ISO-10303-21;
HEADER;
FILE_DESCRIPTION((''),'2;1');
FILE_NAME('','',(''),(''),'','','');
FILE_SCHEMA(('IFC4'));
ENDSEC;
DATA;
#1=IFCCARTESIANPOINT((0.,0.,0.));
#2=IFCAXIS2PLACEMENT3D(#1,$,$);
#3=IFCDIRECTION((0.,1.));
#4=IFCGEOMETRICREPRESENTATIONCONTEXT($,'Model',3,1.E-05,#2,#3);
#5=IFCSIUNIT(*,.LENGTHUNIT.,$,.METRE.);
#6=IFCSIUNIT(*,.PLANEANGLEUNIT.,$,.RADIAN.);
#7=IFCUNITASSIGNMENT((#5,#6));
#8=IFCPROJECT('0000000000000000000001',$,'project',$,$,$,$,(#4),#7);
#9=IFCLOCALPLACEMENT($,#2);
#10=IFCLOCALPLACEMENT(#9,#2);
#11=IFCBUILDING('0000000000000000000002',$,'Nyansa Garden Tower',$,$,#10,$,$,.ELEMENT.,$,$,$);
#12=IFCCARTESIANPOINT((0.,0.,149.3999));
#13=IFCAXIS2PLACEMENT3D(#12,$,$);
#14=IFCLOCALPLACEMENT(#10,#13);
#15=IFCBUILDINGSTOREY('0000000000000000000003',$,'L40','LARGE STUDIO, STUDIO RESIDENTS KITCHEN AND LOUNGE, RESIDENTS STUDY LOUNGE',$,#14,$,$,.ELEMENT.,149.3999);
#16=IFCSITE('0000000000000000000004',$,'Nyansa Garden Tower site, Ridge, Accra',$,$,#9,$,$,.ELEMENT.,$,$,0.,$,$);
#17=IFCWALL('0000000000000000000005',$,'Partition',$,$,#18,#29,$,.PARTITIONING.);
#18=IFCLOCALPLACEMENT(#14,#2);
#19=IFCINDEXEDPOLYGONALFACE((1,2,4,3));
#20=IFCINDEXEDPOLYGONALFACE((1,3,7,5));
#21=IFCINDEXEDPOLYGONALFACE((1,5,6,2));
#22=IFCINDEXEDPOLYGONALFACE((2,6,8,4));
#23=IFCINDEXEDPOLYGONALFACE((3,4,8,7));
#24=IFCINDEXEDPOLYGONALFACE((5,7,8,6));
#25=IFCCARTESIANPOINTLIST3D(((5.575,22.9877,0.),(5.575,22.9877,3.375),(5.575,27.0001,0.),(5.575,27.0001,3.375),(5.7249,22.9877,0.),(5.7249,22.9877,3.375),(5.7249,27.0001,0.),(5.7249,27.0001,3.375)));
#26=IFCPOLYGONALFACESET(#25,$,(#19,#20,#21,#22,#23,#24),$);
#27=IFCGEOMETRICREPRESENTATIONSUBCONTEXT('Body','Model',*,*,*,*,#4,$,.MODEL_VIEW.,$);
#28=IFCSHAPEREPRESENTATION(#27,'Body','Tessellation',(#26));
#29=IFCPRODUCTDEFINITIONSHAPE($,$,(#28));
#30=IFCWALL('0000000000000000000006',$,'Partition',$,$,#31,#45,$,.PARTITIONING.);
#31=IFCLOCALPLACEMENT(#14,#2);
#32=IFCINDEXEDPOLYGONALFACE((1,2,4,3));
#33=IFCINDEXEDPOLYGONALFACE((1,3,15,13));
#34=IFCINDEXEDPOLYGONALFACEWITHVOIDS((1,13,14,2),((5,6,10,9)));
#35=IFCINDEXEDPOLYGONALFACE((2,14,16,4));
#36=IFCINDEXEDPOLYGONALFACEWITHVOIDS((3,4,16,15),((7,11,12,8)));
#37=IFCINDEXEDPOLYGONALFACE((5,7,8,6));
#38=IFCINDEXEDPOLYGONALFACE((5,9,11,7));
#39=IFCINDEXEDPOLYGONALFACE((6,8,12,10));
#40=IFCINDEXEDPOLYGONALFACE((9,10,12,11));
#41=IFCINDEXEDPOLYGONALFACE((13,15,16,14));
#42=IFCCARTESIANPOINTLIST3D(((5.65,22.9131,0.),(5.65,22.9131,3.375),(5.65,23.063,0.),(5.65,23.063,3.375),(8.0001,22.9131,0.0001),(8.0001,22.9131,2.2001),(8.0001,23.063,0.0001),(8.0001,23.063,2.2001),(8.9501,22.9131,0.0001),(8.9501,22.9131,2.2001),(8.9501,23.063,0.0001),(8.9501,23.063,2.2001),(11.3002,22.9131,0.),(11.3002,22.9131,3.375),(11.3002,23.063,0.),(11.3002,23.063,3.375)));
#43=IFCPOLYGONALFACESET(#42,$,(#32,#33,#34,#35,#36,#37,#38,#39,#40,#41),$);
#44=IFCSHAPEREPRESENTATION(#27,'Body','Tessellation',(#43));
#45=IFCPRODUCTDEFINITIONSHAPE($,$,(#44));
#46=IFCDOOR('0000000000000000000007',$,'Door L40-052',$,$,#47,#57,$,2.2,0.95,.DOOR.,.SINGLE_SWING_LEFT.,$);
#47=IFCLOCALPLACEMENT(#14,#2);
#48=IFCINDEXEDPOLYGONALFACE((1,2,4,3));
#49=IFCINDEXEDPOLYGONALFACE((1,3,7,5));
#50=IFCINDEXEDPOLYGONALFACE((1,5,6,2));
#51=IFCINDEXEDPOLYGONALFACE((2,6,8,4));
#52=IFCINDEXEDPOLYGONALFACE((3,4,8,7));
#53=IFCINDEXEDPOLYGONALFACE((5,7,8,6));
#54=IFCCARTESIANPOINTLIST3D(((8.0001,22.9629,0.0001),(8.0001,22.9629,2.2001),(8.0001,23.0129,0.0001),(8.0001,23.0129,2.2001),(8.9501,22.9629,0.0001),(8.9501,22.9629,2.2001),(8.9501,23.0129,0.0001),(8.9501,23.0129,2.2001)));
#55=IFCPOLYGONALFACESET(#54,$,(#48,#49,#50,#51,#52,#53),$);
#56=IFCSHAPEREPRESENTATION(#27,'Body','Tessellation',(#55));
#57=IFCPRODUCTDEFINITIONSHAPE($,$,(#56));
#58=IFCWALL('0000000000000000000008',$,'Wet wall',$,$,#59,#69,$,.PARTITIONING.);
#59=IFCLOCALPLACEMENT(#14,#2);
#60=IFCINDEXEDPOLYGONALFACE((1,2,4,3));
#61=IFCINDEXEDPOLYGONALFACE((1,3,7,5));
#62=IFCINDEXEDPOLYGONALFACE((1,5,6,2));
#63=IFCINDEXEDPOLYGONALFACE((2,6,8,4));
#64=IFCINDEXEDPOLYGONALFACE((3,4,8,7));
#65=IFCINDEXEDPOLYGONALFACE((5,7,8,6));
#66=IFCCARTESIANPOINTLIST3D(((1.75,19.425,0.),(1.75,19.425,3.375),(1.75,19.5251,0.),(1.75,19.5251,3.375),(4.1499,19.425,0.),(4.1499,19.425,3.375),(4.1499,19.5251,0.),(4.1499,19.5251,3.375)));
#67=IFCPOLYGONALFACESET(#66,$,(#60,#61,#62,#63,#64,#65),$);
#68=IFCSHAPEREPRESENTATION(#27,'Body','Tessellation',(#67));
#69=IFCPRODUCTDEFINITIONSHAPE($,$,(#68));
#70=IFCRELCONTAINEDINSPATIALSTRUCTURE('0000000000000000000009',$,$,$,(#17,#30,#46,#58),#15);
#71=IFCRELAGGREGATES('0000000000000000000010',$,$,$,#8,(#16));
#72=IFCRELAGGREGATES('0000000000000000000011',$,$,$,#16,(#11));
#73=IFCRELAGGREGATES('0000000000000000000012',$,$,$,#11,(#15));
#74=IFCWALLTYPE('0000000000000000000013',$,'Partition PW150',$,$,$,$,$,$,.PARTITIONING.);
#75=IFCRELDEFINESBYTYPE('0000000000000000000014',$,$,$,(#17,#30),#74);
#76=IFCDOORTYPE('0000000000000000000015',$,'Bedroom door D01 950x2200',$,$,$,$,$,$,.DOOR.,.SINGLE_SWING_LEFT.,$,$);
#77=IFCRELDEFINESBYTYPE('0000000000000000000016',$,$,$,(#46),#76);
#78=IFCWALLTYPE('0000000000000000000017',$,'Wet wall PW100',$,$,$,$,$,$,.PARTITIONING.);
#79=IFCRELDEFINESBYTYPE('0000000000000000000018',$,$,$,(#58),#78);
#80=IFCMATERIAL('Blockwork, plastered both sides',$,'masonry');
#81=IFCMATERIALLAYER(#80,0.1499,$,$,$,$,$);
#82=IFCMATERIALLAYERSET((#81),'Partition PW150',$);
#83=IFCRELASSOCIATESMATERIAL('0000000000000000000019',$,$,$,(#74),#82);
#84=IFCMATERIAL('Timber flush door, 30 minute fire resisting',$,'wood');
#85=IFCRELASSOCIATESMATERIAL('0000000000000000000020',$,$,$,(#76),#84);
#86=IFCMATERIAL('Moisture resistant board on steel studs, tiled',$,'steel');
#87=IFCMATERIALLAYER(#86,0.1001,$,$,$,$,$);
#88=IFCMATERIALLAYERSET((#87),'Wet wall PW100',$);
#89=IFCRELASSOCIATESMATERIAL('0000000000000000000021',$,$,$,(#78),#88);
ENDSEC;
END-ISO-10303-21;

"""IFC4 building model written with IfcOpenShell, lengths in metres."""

from ifc_helpers import new_model, si_unit, direction, frame, frame_2d, origin, place, context, subcontext, project, spatial, rectangle, extrude, material, layer, layer_set, type_object, element, fill, save


model = new_model("IFC4")

# Units and contexts
model_context = context("Model", 3, precision=1e-05, world=origin(), true_north=direction((0.0, 1.0)))
body_context = subcontext(model_context, "Body", "Model", "MODEL_VIEW")
ifc_project = project(units=[si_unit("LENGTHUNIT", "METRE"), si_unit("PLANEANGLEUNIT", "RADIAN")], contexts=[model_context])

# Site, building, storey
site_placement = place(None, origin())
site = spatial("IfcSite", under=ifc_project, at=site_placement, Name="Nyansa Garden Tower site, Ridge, Accra", CompositionType="ELEMENT", RefElevation=0.0)
building_placement = place(site_placement, origin())
building = spatial("IfcBuilding", under=site, at=building_placement, Name="Nyansa Garden Tower", CompositionType="ELEMENT")
storey_placement = place(building_placement, frame((0.0, 0.0, 149.3999)))
storey = spatial("IfcBuildingStorey", under=building, at=storey_placement, Name="L40", Description="LARGE STUDIO, STUDIO RESIDENTS KITCHEN AND LOUNGE, RESIDENTS STUDY LOUNGE", CompositionType="ELEMENT", Elevation=149.3999)

# Wall
ifc_material_1 = material(Name="Blockwork, plastered both sides", Category="masonry")
ifc_layer_1 = layer(ifc_material_1, 0.1499)
ifc_layer_set_1 = layer_set([ifc_layer_1], Name="Partition PW150")
wall_type_1 = type_object("IfcWallType", Name="Partition PW150", PredefinedType="PARTITIONING", material=ifc_layer_set_1)
wall_1_placement = place(storey_placement, frame((5.6499, 22.9875, 0.0), z_axis=(0.0, 0.0, 1.0), x_axis=(0.0, 1.0, 0.0)))
element("IfcWall", 1, at=wall_1_placement, inside=storey, type_object=wall_type_1, Name="Partition", PredefinedType="PARTITIONING", context=body_context, shape_type="SweptSolid", body=[
    extrude(rectangle(XDim=4.0125, YDim=0.1499, at=frame_2d((2.0063, 0.0))), origin(), (0.0, 0.0, 1.0), 3.375),
])

# Wall, opening, door
wall_2_placement = place(storey_placement, frame((5.6499, 22.988, 0.0), z_axis=(0.0, 0.0, 1.0), x_axis=(1.0, 0.0, 0.0)))
wall_2 = element("IfcWall", 2, at=wall_2_placement, inside=storey, type_object=wall_type_1, Name="Partition", PredefinedType="PARTITIONING", context=body_context, shape_type="SweptSolid", body=[
    extrude(rectangle(XDim=5.6501, YDim=0.1499, at=frame_2d((2.8252, 0.0))), origin(), (0.0, 0.0, 1.0), 3.375),
])
opening_1_placement = place(wall_2_placement, frame((2.3501, 0.0, 0.0)))
opening_1 = element("IfcOpeningElement", 3, at=opening_1_placement, cuts=wall_2, PredefinedType="OPENING", context=body_context, shape_type="SweptSolid", body=[
    extrude(rectangle(XDim=0.95, YDim=2.2, at=frame_2d((0.4751, 1.1001))), frame((0.0, 0.085, 0.0), z_axis=(0.0, -1.0, 0.0), x_axis=(1.0, 0.0, 0.0)), (0.0, 0.0, 1.0), 0.1699),
])
ifc_material_2 = material(Name="Timber flush door, 30 minute fire resisting", Category="wood")
door_type_1 = type_object("IfcDoorType", Name="Bedroom door D01 950x2200", OperationType="SINGLE_SWING_LEFT", PredefinedType="DOOR", material=ifc_material_2)
door_1_placement = place(opening_1_placement, origin())
door_1 = element("IfcDoor", 4, at=door_1_placement, inside=storey, type_object=door_type_1, Name="Door L40-052", OperationType="SINGLE_SWING_LEFT", OverallHeight=2.2, OverallWidth=0.95, PredefinedType="DOOR", context=body_context, shape_type="SweptSolid", body=[
    extrude(rectangle(XDim=0.95, YDim=2.2, at=frame_2d((0.4751, 1.1001))), frame((0.0, 0.0249, 0.0), z_axis=(0.0, -1.0, 0.0), x_axis=(1.0, 0.0, 0.0)), (0.0, 0.0, 1.0), 0.05),
])
fill(opening_1, door_1)

# Wall
ifc_material_3 = material(Name="Moisture resistant board on steel studs, tiled", Category="steel")
ifc_layer_2 = layer(ifc_material_3, 0.1001)
ifc_layer_set_2 = layer_set([ifc_layer_2], Name="Wet wall PW100")
wall_type_2 = type_object("IfcWallType", Name="Wet wall PW100", PredefinedType="PARTITIONING", material=ifc_layer_set_2)
wall_3_placement = place(storey_placement, frame((1.75, 19.4751, 0.0), z_axis=(0.0, 0.0, 1.0), x_axis=(1.0, 0.0, 0.0)))
element("IfcWall", 5, at=wall_3_placement, inside=storey, type_object=wall_type_2, Name="Wet wall", PredefinedType="PARTITIONING", context=body_context, shape_type="SweptSolid", body=[
    extrude(rectangle(XDim=2.3999, YDim=0.1001, at=frame_2d((1.2, 0.0))), origin(), (0.0, 0.0, 1.0), 3.375),
])

save(model, "model.ifc")
